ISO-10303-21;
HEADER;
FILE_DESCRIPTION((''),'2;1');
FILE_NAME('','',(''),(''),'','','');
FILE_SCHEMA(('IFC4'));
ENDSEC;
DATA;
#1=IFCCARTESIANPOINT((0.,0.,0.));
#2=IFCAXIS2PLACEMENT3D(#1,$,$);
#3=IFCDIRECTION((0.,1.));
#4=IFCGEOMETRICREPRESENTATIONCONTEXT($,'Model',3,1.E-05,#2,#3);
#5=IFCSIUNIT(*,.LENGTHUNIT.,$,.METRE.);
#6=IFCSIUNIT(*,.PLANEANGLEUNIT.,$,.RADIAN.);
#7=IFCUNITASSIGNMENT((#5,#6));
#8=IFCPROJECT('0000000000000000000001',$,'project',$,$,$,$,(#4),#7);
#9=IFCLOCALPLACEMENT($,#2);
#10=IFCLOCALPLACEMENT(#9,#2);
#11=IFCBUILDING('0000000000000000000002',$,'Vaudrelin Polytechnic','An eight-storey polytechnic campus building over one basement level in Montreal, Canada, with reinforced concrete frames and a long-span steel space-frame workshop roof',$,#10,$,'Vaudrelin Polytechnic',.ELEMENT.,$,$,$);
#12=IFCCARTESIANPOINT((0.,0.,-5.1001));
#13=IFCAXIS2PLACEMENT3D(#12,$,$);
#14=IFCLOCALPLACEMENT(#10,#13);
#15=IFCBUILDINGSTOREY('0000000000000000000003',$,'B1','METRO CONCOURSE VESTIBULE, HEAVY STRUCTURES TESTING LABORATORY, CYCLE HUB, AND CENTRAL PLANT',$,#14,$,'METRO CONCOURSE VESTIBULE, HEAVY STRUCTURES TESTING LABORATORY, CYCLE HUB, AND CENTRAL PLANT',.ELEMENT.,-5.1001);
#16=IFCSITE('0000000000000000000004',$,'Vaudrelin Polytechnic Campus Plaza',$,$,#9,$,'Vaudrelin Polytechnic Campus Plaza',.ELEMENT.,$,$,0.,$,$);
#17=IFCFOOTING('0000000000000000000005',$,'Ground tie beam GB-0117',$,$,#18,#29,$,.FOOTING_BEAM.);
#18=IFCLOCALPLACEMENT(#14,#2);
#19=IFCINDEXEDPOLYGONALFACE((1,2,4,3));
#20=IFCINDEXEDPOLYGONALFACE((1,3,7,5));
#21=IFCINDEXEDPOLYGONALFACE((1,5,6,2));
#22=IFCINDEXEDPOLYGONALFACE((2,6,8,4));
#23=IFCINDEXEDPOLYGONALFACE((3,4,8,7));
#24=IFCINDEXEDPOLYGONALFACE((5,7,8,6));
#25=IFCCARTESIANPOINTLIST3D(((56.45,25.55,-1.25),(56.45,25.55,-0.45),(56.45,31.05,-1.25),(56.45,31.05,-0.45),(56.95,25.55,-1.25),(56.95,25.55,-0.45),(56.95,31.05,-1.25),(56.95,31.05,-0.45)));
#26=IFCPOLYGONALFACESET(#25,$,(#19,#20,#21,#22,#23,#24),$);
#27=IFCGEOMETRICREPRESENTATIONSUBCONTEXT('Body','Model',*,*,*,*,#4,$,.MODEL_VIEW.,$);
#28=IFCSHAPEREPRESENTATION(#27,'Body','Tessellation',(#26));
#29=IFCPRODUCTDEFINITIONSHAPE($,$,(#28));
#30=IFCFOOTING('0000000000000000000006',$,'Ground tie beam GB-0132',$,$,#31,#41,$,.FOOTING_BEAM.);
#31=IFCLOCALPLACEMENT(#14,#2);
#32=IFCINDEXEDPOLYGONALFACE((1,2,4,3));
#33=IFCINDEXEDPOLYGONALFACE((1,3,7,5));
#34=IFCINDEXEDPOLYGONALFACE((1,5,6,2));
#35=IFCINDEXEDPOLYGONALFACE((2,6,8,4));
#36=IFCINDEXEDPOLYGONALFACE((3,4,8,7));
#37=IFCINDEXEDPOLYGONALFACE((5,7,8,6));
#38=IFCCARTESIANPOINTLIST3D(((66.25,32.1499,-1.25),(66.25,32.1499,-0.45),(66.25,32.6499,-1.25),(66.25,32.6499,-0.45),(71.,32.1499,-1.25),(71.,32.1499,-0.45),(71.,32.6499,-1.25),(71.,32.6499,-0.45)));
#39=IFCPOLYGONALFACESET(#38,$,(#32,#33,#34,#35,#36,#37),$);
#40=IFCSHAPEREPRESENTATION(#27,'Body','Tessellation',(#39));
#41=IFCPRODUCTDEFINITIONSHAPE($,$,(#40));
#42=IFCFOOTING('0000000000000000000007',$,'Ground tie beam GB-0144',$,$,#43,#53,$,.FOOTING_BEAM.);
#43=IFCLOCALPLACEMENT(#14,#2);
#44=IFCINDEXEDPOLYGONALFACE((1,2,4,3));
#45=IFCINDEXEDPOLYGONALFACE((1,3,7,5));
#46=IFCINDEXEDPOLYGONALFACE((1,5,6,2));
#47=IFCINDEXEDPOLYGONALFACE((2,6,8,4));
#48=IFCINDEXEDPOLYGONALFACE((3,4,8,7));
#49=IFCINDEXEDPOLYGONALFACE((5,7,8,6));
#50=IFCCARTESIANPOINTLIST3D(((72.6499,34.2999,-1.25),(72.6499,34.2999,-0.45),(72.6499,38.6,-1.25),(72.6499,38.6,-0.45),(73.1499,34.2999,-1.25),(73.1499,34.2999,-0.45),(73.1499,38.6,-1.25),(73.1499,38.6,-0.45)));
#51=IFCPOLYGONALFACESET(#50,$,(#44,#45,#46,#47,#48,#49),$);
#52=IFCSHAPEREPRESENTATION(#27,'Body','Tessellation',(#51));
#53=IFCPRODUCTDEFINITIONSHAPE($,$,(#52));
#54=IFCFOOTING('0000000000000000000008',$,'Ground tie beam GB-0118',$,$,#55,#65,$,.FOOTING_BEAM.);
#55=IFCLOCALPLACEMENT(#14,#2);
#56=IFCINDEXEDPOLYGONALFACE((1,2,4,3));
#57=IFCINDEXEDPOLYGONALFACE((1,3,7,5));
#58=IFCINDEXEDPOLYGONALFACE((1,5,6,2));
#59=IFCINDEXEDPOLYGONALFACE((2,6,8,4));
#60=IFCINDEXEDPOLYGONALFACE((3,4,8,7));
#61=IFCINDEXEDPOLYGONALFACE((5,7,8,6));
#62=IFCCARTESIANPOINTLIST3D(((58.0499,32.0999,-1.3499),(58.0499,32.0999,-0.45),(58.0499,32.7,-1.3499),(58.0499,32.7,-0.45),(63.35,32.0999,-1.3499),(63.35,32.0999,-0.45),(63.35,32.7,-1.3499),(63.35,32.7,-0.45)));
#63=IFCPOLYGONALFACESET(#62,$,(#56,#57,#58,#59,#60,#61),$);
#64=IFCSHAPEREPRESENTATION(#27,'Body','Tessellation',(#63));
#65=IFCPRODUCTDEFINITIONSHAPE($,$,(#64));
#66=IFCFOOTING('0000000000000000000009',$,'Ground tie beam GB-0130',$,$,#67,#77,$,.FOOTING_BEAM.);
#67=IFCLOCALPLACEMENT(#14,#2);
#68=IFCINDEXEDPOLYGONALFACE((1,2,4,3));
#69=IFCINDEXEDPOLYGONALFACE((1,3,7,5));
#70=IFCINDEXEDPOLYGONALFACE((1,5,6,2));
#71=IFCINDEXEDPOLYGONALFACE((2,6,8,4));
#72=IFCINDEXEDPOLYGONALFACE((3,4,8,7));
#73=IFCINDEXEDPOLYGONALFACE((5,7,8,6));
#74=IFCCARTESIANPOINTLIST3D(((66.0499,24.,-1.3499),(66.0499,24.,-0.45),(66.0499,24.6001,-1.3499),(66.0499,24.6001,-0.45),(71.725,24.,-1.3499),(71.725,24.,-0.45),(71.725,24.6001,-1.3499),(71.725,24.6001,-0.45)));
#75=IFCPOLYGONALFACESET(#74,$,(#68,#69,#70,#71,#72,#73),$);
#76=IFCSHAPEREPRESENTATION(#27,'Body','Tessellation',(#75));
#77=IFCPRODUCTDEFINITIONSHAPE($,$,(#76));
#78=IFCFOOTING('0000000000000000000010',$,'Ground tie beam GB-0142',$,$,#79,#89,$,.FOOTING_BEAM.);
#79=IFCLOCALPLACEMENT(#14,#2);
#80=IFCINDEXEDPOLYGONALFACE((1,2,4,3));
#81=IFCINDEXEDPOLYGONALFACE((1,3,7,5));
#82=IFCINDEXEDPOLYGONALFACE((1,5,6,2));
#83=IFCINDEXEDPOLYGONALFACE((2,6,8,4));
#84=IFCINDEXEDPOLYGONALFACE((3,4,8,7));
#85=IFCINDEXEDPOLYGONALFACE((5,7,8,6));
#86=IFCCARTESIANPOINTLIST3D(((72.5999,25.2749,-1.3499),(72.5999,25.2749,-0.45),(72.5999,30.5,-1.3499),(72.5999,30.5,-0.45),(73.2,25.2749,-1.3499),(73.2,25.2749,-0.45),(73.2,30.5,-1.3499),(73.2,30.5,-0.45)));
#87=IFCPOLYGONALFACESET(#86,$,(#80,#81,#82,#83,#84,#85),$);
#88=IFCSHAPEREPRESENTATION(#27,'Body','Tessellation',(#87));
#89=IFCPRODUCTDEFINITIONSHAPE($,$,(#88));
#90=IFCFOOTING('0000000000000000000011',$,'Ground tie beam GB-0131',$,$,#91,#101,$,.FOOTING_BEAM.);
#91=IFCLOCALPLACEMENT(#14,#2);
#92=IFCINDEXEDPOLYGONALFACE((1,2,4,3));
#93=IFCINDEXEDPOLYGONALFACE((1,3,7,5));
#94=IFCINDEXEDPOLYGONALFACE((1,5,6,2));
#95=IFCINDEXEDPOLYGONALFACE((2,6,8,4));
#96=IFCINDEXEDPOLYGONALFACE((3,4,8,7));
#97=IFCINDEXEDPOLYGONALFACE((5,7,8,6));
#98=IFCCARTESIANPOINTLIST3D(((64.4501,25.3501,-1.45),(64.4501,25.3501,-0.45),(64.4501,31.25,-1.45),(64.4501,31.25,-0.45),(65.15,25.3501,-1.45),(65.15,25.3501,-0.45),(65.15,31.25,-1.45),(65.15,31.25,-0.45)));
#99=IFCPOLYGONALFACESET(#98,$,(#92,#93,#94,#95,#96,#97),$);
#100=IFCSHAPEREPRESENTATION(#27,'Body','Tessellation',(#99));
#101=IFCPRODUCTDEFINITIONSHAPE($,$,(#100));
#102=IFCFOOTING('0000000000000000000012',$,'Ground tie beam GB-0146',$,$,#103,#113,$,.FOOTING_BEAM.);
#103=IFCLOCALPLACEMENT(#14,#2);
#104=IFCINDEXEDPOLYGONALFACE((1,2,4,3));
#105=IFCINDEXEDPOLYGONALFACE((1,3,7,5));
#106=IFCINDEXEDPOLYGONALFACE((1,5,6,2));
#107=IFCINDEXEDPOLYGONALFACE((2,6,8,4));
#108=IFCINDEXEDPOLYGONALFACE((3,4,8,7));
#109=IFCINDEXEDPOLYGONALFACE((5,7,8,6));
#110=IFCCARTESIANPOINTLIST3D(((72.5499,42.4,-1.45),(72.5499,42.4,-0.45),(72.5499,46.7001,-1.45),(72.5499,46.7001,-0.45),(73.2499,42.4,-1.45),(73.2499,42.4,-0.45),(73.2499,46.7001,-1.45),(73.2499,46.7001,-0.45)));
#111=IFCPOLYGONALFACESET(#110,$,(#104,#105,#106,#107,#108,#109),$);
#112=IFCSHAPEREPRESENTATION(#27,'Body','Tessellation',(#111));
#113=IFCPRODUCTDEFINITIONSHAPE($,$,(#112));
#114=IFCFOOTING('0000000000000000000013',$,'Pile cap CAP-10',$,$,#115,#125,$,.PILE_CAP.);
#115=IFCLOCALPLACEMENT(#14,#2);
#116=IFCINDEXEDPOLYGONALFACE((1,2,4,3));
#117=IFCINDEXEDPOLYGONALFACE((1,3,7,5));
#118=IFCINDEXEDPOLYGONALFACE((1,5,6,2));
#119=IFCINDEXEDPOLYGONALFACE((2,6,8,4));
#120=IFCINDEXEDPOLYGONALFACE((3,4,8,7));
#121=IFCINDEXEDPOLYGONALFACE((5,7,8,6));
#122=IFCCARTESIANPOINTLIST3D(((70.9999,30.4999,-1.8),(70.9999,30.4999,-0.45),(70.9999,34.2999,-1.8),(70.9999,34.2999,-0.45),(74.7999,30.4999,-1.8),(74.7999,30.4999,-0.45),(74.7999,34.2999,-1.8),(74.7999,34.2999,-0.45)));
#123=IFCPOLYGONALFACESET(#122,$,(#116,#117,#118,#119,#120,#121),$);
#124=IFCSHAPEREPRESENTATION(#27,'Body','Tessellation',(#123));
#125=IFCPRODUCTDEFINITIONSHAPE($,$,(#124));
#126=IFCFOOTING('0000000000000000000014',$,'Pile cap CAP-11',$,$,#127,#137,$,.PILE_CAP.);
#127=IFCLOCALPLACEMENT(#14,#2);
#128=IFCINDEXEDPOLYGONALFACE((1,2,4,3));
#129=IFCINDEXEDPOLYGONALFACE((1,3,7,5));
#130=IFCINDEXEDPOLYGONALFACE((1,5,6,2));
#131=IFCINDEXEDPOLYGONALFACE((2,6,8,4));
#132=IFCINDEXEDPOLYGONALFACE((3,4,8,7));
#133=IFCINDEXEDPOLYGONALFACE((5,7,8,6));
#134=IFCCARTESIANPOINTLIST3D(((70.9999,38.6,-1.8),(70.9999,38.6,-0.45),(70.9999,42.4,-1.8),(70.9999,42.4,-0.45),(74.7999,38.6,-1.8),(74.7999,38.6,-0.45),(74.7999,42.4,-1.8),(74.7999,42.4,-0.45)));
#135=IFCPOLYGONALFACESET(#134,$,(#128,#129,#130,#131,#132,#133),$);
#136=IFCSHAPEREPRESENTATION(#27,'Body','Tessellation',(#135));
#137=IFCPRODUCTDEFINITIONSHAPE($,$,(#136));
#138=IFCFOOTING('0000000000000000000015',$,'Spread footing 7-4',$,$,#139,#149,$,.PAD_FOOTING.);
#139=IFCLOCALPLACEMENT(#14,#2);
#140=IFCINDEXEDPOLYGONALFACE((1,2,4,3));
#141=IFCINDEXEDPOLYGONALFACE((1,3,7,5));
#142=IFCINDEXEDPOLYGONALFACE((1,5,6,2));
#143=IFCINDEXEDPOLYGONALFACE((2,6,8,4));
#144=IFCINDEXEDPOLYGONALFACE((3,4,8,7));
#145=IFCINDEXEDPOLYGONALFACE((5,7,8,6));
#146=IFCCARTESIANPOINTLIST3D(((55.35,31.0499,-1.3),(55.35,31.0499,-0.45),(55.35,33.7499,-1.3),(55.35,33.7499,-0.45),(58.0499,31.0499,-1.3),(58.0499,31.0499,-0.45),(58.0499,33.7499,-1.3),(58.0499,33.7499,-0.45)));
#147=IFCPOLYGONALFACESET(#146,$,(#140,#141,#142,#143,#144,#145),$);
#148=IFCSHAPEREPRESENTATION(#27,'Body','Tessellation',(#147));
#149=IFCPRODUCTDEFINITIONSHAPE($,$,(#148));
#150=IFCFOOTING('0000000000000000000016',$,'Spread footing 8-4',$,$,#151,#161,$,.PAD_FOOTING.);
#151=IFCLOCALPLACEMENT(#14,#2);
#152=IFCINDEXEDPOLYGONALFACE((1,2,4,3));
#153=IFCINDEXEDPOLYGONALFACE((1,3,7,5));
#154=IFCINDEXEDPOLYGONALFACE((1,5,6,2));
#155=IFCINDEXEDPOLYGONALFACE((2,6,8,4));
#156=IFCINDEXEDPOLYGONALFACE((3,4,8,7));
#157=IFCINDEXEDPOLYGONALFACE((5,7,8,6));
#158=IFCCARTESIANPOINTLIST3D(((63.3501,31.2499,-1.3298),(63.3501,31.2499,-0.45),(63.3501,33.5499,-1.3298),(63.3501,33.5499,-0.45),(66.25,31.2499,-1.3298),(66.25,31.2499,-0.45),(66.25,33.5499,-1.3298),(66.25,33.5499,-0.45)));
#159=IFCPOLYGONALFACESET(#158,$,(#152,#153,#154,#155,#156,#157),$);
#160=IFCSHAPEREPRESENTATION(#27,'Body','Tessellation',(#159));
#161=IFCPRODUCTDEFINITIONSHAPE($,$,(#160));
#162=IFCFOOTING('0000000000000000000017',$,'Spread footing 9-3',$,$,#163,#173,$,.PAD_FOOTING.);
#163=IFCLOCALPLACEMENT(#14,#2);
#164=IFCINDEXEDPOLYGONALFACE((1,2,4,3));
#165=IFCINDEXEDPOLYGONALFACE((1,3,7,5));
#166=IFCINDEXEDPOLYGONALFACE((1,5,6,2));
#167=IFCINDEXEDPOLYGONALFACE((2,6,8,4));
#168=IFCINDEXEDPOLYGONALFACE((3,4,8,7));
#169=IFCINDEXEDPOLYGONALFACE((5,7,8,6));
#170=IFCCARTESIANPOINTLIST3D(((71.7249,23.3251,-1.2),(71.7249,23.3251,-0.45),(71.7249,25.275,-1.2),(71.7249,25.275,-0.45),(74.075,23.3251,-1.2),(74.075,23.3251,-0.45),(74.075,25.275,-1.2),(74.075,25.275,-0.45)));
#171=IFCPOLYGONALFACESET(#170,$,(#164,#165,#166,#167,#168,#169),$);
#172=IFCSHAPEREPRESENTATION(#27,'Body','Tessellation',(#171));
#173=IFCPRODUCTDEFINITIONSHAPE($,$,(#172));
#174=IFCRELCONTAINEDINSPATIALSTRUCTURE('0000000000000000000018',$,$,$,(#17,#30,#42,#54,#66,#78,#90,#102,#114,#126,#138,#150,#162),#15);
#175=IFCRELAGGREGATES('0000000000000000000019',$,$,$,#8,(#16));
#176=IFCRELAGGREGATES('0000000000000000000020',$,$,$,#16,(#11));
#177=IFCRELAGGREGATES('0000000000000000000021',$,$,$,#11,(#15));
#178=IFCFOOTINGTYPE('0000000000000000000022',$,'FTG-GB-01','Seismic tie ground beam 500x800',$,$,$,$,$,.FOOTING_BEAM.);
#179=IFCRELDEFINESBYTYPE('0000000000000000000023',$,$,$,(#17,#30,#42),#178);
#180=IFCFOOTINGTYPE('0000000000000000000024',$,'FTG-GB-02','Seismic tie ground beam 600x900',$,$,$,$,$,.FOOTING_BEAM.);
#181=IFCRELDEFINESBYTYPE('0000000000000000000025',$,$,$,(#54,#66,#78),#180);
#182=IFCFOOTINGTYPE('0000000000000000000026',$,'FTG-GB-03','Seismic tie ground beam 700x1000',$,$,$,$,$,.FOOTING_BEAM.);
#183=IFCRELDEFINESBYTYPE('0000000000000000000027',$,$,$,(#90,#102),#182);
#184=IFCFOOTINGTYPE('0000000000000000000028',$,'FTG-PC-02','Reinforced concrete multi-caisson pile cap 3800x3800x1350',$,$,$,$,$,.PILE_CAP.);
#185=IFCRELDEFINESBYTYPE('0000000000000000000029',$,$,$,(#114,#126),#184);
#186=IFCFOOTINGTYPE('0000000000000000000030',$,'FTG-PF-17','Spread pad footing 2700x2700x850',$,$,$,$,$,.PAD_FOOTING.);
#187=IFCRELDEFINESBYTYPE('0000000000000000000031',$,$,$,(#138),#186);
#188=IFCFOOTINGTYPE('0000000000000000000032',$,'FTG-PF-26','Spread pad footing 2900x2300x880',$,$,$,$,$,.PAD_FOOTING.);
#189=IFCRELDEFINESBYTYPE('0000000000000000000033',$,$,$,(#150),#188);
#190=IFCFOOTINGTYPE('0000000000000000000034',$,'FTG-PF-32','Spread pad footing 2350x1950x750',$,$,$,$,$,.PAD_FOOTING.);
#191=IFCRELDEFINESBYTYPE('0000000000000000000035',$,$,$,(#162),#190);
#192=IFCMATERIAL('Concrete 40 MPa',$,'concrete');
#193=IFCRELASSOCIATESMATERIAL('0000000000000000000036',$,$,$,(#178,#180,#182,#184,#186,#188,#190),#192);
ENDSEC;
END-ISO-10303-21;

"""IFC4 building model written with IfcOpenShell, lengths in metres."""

from ifc_helpers import new_model, si_unit, direction, frame, origin, origin_2d, place, context, subcontext, project, spatial, rectangle, extrude, material, type_object, element, save


model = new_model("IFC4")

# Units and contexts
model_context = context("Model", 3, precision=1e-05, world=origin(), true_north=direction((0.0, 1.0)))
body_context = subcontext(model_context, "Body", "Model", "MODEL_VIEW")
ifc_project = project(units=[si_unit("LENGTHUNIT", "METRE"), si_unit("PLANEANGLEUNIT", "RADIAN")], contexts=[model_context])

# Site, building, storey
site_placement = place(None, origin())
site = spatial("IfcSite", under=ifc_project, at=site_placement, Name="Vaudrelin Polytechnic Campus Plaza", LongName="Vaudrelin Polytechnic Campus Plaza", CompositionType="ELEMENT", RefElevation=0.0)
building_placement = place(site_placement, origin())
building = spatial("IfcBuilding", under=site, at=building_placement, Name="Vaudrelin Polytechnic", Description="An eight-storey polytechnic campus building over one basement level in Montreal, Canada, with reinforced concrete frames and a long-span steel space-frame workshop roof", LongName="Vaudrelin Polytechnic", CompositionType="ELEMENT")
storey_placement = place(building_placement, frame((0.0, 0.0, -5.1001)))
storey = spatial("IfcBuildingStorey", under=building, at=storey_placement, Name="B1", Description="METRO CONCOURSE VESTIBULE, HEAVY STRUCTURES TESTING LABORATORY, CYCLE HUB, AND CENTRAL PLANT", LongName="METRO CONCOURSE VESTIBULE, HEAVY STRUCTURES TESTING LABORATORY, CYCLE HUB, AND CENTRAL PLANT", CompositionType="ELEMENT", Elevation=-5.1001)

# Footings
ifc_material_1 = material(Name="Concrete 40 MPa", Category="concrete")
footing_type_1 = type_object("IfcFootingType", Name="FTG-GB-01", Description="Seismic tie ground beam 500x800", PredefinedType="FOOTING_BEAM", material=ifc_material_1)
footing_1_placement = place(storey_placement, frame((56.7, 28.3, -1.25), z_axis=(0.0, 0.0, 1.0), x_axis=(1.0, 0.0, 0.0)))
element("IfcFooting", 1, at=footing_1_placement, inside=storey, type_object=footing_type_1, Name="Ground tie beam GB-0117", PredefinedType="FOOTING_BEAM", context=body_context, shape_type="SweptSolid", body=[
    extrude(rectangle(XDim=0.5, YDim=5.5, at=origin_2d()), origin(), (0.0, 0.0, 1.0), 0.8),
])
footing_2_placement = place(storey_placement, frame((68.625, 32.3999, -1.25), z_axis=(0.0, 0.0, 1.0), x_axis=(1.0, 0.0, 0.0)))
element("IfcFooting", 2, at=footing_2_placement, inside=storey, type_object=footing_type_1, Name="Ground tie beam GB-0132", PredefinedType="FOOTING_BEAM", context=body_context, shape_type="SweptSolid", body=[
    extrude(rectangle(XDim=4.75, YDim=0.5, at=origin_2d()), origin(), (0.0, 0.0, 1.0), 0.8),
])
footing_3_placement = place(storey_placement, frame((72.8999, 36.45, -1.25), z_axis=(0.0, 0.0, 1.0), x_axis=(1.0, 0.0, 0.0)))
element("IfcFooting", 3, at=footing_3_placement, inside=storey, type_object=footing_type_1, Name="Ground tie beam GB-0144", PredefinedType="FOOTING_BEAM", context=body_context, shape_type="SweptSolid", body=[
    extrude(rectangle(XDim=0.5, YDim=4.3, at=origin_2d()), origin(), (0.0, 0.0, 1.0), 0.8),
])
footing_type_2 = type_object("IfcFootingType", Name="FTG-GB-02", Description="Seismic tie ground beam 600x900", PredefinedType="FOOTING_BEAM", material=ifc_material_1)
footing_4_placement = place(storey_placement, frame((60.7, 32.3999, -1.3499), z_axis=(0.0, 0.0, 1.0), x_axis=(1.0, 0.0, 0.0)))
element("IfcFooting", 4, at=footing_4_placement, inside=storey, type_object=footing_type_2, Name="Ground tie beam GB-0118", PredefinedType="FOOTING_BEAM", context=body_context, shape_type="SweptSolid", body=[
    extrude(rectangle(XDim=5.3, YDim=0.6001, at=origin_2d()), origin(), (0.0, 0.0, 1.0), 0.8999),
])
footing_5_placement = place(storey_placement, frame((68.8875, 24.3, -1.3499), z_axis=(0.0, 0.0, 1.0), x_axis=(1.0, 0.0, 0.0)))
element("IfcFooting", 5, at=footing_5_placement, inside=storey, type_object=footing_type_2, Name="Ground tie beam GB-0130", PredefinedType="FOOTING_BEAM", context=body_context, shape_type="SweptSolid", body=[
    extrude(rectangle(XDim=5.675, YDim=0.6001, at=origin_2d()), origin(), (0.0, 0.0, 1.0), 0.8999),
])
footing_6_placement = place(storey_placement, frame((72.8999, 27.8875, -1.3499), z_axis=(0.0, 0.0, 1.0), x_axis=(1.0, 0.0, 0.0)))
element("IfcFooting", 6, at=footing_6_placement, inside=storey, type_object=footing_type_2, Name="Ground tie beam GB-0142", PredefinedType="FOOTING_BEAM", context=body_context, shape_type="SweptSolid", body=[
    extrude(rectangle(XDim=0.6001, YDim=5.2251, at=origin_2d()), origin(), (0.0, 0.0, 1.0), 0.8999),
])
footing_type_3 = type_object("IfcFootingType", Name="FTG-GB-03", Description="Seismic tie ground beam 700x1000", PredefinedType="FOOTING_BEAM", material=ifc_material_1)
footing_7_placement = place(storey_placement, frame((64.8, 28.3, -1.45), z_axis=(0.0, 0.0, 1.0), x_axis=(1.0, 0.0, 0.0)))
element("IfcFooting", 7, at=footing_7_placement, inside=storey, type_object=footing_type_3, Name="Ground tie beam GB-0131", PredefinedType="FOOTING_BEAM", context=body_context, shape_type="SweptSolid", body=[
    extrude(rectangle(XDim=0.7, YDim=5.8999, at=origin_2d()), origin(), (0.0, 0.0, 1.0), 1.0),
])
footing_8_placement = place(storey_placement, frame((72.8999, 44.55, -1.45), z_axis=(0.0, 0.0, 1.0), x_axis=(1.0, 0.0, 0.0)))
element("IfcFooting", 8, at=footing_8_placement, inside=storey, type_object=footing_type_3, Name="Ground tie beam GB-0146", PredefinedType="FOOTING_BEAM", context=body_context, shape_type="SweptSolid", body=[
    extrude(rectangle(XDim=0.7, YDim=4.3, at=origin_2d()), origin(), (0.0, 0.0, 1.0), 1.0),
])
footing_type_4 = type_object("IfcFootingType", Name="FTG-PC-02", Description="Reinforced concrete multi-caisson pile cap 3800x3800x1350", PredefinedType="PILE_CAP", material=ifc_material_1)
for number, where, z_axis, x_axis, name in (
    (9, (72.8999, 32.3999, -1.8), (0.0, 0.0, 1.0), (1.0, 0.0, 0.0), "Pile cap CAP-10"),
    (10, (72.8999, 40.5, -1.8), (0.0, 0.0, 1.0), (1.0, 0.0, 0.0), "Pile cap CAP-11"),
):
    element("IfcFooting", number, at=place(storey_placement, frame(where, z_axis=z_axis, x_axis=x_axis)), inside=storey, type_object=footing_type_4, Name=name, PredefinedType="PILE_CAP", context=body_context, shape_type="SweptSolid", body=[
        extrude(rectangle(XDim=3.8, YDim=3.8, at=origin_2d()), origin(), (0.0, 0.0, 1.0), 1.3501),
    ])
footing_type_5 = type_object("IfcFootingType", Name="FTG-PF-17", Description="Spread pad footing 2700x2700x850", PredefinedType="PAD_FOOTING", material=ifc_material_1)
footing_9_placement = place(storey_placement, frame((56.7, 32.3999, -1.3), z_axis=(0.0, 0.0, 1.0), x_axis=(1.0, 0.0, 0.0)))
element("IfcFooting", 11, at=footing_9_placement, inside=storey, type_object=footing_type_5, Name="Spread footing 7-4", PredefinedType="PAD_FOOTING", context=body_context, shape_type="SweptSolid", body=[
    extrude(rectangle(XDim=2.7, YDim=2.7, at=origin_2d()), origin(), (0.0, 0.0, 1.0), 0.8501),
])
footing_type_6 = type_object("IfcFootingType", Name="FTG-PF-26", Description="Spread pad footing 2900x2300x880", PredefinedType="PAD_FOOTING", material=ifc_material_1)
footing_10_placement = place(storey_placement, frame((64.8, 32.3999, -1.3298), z_axis=(0.0, 0.0, 1.0), x_axis=(1.0, 0.0, 0.0)))
element("IfcFooting", 12, at=footing_10_placement, inside=storey, type_object=footing_type_6, Name="Spread footing 8-4", PredefinedType="PAD_FOOTING", context=body_context, shape_type="SweptSolid", body=[
    extrude(rectangle(XDim=2.8999, YDim=2.3, at=origin_2d()), origin(), (0.0, 0.0, 1.0), 0.8799),
])
footing_type_7 = type_object("IfcFootingType", Name="FTG-PF-32", Description="Spread pad footing 2350x1950x750", PredefinedType="PAD_FOOTING", material=ifc_material_1)
footing_11_placement = place(storey_placement, frame((72.8999, 24.3, -1.2), z_axis=(0.0, 0.0, 1.0), x_axis=(1.0, 0.0, 0.0)))
element("IfcFooting", 13, at=footing_11_placement, inside=storey, type_object=footing_type_7, Name="Spread footing 9-3", PredefinedType="PAD_FOOTING", context=body_context, shape_type="SweptSolid", body=[
    extrude(rectangle(XDim=2.3501, YDim=1.95, at=origin_2d()), origin(), (0.0, 0.0, 1.0), 0.75),
])

save(model, "model.ifc")
